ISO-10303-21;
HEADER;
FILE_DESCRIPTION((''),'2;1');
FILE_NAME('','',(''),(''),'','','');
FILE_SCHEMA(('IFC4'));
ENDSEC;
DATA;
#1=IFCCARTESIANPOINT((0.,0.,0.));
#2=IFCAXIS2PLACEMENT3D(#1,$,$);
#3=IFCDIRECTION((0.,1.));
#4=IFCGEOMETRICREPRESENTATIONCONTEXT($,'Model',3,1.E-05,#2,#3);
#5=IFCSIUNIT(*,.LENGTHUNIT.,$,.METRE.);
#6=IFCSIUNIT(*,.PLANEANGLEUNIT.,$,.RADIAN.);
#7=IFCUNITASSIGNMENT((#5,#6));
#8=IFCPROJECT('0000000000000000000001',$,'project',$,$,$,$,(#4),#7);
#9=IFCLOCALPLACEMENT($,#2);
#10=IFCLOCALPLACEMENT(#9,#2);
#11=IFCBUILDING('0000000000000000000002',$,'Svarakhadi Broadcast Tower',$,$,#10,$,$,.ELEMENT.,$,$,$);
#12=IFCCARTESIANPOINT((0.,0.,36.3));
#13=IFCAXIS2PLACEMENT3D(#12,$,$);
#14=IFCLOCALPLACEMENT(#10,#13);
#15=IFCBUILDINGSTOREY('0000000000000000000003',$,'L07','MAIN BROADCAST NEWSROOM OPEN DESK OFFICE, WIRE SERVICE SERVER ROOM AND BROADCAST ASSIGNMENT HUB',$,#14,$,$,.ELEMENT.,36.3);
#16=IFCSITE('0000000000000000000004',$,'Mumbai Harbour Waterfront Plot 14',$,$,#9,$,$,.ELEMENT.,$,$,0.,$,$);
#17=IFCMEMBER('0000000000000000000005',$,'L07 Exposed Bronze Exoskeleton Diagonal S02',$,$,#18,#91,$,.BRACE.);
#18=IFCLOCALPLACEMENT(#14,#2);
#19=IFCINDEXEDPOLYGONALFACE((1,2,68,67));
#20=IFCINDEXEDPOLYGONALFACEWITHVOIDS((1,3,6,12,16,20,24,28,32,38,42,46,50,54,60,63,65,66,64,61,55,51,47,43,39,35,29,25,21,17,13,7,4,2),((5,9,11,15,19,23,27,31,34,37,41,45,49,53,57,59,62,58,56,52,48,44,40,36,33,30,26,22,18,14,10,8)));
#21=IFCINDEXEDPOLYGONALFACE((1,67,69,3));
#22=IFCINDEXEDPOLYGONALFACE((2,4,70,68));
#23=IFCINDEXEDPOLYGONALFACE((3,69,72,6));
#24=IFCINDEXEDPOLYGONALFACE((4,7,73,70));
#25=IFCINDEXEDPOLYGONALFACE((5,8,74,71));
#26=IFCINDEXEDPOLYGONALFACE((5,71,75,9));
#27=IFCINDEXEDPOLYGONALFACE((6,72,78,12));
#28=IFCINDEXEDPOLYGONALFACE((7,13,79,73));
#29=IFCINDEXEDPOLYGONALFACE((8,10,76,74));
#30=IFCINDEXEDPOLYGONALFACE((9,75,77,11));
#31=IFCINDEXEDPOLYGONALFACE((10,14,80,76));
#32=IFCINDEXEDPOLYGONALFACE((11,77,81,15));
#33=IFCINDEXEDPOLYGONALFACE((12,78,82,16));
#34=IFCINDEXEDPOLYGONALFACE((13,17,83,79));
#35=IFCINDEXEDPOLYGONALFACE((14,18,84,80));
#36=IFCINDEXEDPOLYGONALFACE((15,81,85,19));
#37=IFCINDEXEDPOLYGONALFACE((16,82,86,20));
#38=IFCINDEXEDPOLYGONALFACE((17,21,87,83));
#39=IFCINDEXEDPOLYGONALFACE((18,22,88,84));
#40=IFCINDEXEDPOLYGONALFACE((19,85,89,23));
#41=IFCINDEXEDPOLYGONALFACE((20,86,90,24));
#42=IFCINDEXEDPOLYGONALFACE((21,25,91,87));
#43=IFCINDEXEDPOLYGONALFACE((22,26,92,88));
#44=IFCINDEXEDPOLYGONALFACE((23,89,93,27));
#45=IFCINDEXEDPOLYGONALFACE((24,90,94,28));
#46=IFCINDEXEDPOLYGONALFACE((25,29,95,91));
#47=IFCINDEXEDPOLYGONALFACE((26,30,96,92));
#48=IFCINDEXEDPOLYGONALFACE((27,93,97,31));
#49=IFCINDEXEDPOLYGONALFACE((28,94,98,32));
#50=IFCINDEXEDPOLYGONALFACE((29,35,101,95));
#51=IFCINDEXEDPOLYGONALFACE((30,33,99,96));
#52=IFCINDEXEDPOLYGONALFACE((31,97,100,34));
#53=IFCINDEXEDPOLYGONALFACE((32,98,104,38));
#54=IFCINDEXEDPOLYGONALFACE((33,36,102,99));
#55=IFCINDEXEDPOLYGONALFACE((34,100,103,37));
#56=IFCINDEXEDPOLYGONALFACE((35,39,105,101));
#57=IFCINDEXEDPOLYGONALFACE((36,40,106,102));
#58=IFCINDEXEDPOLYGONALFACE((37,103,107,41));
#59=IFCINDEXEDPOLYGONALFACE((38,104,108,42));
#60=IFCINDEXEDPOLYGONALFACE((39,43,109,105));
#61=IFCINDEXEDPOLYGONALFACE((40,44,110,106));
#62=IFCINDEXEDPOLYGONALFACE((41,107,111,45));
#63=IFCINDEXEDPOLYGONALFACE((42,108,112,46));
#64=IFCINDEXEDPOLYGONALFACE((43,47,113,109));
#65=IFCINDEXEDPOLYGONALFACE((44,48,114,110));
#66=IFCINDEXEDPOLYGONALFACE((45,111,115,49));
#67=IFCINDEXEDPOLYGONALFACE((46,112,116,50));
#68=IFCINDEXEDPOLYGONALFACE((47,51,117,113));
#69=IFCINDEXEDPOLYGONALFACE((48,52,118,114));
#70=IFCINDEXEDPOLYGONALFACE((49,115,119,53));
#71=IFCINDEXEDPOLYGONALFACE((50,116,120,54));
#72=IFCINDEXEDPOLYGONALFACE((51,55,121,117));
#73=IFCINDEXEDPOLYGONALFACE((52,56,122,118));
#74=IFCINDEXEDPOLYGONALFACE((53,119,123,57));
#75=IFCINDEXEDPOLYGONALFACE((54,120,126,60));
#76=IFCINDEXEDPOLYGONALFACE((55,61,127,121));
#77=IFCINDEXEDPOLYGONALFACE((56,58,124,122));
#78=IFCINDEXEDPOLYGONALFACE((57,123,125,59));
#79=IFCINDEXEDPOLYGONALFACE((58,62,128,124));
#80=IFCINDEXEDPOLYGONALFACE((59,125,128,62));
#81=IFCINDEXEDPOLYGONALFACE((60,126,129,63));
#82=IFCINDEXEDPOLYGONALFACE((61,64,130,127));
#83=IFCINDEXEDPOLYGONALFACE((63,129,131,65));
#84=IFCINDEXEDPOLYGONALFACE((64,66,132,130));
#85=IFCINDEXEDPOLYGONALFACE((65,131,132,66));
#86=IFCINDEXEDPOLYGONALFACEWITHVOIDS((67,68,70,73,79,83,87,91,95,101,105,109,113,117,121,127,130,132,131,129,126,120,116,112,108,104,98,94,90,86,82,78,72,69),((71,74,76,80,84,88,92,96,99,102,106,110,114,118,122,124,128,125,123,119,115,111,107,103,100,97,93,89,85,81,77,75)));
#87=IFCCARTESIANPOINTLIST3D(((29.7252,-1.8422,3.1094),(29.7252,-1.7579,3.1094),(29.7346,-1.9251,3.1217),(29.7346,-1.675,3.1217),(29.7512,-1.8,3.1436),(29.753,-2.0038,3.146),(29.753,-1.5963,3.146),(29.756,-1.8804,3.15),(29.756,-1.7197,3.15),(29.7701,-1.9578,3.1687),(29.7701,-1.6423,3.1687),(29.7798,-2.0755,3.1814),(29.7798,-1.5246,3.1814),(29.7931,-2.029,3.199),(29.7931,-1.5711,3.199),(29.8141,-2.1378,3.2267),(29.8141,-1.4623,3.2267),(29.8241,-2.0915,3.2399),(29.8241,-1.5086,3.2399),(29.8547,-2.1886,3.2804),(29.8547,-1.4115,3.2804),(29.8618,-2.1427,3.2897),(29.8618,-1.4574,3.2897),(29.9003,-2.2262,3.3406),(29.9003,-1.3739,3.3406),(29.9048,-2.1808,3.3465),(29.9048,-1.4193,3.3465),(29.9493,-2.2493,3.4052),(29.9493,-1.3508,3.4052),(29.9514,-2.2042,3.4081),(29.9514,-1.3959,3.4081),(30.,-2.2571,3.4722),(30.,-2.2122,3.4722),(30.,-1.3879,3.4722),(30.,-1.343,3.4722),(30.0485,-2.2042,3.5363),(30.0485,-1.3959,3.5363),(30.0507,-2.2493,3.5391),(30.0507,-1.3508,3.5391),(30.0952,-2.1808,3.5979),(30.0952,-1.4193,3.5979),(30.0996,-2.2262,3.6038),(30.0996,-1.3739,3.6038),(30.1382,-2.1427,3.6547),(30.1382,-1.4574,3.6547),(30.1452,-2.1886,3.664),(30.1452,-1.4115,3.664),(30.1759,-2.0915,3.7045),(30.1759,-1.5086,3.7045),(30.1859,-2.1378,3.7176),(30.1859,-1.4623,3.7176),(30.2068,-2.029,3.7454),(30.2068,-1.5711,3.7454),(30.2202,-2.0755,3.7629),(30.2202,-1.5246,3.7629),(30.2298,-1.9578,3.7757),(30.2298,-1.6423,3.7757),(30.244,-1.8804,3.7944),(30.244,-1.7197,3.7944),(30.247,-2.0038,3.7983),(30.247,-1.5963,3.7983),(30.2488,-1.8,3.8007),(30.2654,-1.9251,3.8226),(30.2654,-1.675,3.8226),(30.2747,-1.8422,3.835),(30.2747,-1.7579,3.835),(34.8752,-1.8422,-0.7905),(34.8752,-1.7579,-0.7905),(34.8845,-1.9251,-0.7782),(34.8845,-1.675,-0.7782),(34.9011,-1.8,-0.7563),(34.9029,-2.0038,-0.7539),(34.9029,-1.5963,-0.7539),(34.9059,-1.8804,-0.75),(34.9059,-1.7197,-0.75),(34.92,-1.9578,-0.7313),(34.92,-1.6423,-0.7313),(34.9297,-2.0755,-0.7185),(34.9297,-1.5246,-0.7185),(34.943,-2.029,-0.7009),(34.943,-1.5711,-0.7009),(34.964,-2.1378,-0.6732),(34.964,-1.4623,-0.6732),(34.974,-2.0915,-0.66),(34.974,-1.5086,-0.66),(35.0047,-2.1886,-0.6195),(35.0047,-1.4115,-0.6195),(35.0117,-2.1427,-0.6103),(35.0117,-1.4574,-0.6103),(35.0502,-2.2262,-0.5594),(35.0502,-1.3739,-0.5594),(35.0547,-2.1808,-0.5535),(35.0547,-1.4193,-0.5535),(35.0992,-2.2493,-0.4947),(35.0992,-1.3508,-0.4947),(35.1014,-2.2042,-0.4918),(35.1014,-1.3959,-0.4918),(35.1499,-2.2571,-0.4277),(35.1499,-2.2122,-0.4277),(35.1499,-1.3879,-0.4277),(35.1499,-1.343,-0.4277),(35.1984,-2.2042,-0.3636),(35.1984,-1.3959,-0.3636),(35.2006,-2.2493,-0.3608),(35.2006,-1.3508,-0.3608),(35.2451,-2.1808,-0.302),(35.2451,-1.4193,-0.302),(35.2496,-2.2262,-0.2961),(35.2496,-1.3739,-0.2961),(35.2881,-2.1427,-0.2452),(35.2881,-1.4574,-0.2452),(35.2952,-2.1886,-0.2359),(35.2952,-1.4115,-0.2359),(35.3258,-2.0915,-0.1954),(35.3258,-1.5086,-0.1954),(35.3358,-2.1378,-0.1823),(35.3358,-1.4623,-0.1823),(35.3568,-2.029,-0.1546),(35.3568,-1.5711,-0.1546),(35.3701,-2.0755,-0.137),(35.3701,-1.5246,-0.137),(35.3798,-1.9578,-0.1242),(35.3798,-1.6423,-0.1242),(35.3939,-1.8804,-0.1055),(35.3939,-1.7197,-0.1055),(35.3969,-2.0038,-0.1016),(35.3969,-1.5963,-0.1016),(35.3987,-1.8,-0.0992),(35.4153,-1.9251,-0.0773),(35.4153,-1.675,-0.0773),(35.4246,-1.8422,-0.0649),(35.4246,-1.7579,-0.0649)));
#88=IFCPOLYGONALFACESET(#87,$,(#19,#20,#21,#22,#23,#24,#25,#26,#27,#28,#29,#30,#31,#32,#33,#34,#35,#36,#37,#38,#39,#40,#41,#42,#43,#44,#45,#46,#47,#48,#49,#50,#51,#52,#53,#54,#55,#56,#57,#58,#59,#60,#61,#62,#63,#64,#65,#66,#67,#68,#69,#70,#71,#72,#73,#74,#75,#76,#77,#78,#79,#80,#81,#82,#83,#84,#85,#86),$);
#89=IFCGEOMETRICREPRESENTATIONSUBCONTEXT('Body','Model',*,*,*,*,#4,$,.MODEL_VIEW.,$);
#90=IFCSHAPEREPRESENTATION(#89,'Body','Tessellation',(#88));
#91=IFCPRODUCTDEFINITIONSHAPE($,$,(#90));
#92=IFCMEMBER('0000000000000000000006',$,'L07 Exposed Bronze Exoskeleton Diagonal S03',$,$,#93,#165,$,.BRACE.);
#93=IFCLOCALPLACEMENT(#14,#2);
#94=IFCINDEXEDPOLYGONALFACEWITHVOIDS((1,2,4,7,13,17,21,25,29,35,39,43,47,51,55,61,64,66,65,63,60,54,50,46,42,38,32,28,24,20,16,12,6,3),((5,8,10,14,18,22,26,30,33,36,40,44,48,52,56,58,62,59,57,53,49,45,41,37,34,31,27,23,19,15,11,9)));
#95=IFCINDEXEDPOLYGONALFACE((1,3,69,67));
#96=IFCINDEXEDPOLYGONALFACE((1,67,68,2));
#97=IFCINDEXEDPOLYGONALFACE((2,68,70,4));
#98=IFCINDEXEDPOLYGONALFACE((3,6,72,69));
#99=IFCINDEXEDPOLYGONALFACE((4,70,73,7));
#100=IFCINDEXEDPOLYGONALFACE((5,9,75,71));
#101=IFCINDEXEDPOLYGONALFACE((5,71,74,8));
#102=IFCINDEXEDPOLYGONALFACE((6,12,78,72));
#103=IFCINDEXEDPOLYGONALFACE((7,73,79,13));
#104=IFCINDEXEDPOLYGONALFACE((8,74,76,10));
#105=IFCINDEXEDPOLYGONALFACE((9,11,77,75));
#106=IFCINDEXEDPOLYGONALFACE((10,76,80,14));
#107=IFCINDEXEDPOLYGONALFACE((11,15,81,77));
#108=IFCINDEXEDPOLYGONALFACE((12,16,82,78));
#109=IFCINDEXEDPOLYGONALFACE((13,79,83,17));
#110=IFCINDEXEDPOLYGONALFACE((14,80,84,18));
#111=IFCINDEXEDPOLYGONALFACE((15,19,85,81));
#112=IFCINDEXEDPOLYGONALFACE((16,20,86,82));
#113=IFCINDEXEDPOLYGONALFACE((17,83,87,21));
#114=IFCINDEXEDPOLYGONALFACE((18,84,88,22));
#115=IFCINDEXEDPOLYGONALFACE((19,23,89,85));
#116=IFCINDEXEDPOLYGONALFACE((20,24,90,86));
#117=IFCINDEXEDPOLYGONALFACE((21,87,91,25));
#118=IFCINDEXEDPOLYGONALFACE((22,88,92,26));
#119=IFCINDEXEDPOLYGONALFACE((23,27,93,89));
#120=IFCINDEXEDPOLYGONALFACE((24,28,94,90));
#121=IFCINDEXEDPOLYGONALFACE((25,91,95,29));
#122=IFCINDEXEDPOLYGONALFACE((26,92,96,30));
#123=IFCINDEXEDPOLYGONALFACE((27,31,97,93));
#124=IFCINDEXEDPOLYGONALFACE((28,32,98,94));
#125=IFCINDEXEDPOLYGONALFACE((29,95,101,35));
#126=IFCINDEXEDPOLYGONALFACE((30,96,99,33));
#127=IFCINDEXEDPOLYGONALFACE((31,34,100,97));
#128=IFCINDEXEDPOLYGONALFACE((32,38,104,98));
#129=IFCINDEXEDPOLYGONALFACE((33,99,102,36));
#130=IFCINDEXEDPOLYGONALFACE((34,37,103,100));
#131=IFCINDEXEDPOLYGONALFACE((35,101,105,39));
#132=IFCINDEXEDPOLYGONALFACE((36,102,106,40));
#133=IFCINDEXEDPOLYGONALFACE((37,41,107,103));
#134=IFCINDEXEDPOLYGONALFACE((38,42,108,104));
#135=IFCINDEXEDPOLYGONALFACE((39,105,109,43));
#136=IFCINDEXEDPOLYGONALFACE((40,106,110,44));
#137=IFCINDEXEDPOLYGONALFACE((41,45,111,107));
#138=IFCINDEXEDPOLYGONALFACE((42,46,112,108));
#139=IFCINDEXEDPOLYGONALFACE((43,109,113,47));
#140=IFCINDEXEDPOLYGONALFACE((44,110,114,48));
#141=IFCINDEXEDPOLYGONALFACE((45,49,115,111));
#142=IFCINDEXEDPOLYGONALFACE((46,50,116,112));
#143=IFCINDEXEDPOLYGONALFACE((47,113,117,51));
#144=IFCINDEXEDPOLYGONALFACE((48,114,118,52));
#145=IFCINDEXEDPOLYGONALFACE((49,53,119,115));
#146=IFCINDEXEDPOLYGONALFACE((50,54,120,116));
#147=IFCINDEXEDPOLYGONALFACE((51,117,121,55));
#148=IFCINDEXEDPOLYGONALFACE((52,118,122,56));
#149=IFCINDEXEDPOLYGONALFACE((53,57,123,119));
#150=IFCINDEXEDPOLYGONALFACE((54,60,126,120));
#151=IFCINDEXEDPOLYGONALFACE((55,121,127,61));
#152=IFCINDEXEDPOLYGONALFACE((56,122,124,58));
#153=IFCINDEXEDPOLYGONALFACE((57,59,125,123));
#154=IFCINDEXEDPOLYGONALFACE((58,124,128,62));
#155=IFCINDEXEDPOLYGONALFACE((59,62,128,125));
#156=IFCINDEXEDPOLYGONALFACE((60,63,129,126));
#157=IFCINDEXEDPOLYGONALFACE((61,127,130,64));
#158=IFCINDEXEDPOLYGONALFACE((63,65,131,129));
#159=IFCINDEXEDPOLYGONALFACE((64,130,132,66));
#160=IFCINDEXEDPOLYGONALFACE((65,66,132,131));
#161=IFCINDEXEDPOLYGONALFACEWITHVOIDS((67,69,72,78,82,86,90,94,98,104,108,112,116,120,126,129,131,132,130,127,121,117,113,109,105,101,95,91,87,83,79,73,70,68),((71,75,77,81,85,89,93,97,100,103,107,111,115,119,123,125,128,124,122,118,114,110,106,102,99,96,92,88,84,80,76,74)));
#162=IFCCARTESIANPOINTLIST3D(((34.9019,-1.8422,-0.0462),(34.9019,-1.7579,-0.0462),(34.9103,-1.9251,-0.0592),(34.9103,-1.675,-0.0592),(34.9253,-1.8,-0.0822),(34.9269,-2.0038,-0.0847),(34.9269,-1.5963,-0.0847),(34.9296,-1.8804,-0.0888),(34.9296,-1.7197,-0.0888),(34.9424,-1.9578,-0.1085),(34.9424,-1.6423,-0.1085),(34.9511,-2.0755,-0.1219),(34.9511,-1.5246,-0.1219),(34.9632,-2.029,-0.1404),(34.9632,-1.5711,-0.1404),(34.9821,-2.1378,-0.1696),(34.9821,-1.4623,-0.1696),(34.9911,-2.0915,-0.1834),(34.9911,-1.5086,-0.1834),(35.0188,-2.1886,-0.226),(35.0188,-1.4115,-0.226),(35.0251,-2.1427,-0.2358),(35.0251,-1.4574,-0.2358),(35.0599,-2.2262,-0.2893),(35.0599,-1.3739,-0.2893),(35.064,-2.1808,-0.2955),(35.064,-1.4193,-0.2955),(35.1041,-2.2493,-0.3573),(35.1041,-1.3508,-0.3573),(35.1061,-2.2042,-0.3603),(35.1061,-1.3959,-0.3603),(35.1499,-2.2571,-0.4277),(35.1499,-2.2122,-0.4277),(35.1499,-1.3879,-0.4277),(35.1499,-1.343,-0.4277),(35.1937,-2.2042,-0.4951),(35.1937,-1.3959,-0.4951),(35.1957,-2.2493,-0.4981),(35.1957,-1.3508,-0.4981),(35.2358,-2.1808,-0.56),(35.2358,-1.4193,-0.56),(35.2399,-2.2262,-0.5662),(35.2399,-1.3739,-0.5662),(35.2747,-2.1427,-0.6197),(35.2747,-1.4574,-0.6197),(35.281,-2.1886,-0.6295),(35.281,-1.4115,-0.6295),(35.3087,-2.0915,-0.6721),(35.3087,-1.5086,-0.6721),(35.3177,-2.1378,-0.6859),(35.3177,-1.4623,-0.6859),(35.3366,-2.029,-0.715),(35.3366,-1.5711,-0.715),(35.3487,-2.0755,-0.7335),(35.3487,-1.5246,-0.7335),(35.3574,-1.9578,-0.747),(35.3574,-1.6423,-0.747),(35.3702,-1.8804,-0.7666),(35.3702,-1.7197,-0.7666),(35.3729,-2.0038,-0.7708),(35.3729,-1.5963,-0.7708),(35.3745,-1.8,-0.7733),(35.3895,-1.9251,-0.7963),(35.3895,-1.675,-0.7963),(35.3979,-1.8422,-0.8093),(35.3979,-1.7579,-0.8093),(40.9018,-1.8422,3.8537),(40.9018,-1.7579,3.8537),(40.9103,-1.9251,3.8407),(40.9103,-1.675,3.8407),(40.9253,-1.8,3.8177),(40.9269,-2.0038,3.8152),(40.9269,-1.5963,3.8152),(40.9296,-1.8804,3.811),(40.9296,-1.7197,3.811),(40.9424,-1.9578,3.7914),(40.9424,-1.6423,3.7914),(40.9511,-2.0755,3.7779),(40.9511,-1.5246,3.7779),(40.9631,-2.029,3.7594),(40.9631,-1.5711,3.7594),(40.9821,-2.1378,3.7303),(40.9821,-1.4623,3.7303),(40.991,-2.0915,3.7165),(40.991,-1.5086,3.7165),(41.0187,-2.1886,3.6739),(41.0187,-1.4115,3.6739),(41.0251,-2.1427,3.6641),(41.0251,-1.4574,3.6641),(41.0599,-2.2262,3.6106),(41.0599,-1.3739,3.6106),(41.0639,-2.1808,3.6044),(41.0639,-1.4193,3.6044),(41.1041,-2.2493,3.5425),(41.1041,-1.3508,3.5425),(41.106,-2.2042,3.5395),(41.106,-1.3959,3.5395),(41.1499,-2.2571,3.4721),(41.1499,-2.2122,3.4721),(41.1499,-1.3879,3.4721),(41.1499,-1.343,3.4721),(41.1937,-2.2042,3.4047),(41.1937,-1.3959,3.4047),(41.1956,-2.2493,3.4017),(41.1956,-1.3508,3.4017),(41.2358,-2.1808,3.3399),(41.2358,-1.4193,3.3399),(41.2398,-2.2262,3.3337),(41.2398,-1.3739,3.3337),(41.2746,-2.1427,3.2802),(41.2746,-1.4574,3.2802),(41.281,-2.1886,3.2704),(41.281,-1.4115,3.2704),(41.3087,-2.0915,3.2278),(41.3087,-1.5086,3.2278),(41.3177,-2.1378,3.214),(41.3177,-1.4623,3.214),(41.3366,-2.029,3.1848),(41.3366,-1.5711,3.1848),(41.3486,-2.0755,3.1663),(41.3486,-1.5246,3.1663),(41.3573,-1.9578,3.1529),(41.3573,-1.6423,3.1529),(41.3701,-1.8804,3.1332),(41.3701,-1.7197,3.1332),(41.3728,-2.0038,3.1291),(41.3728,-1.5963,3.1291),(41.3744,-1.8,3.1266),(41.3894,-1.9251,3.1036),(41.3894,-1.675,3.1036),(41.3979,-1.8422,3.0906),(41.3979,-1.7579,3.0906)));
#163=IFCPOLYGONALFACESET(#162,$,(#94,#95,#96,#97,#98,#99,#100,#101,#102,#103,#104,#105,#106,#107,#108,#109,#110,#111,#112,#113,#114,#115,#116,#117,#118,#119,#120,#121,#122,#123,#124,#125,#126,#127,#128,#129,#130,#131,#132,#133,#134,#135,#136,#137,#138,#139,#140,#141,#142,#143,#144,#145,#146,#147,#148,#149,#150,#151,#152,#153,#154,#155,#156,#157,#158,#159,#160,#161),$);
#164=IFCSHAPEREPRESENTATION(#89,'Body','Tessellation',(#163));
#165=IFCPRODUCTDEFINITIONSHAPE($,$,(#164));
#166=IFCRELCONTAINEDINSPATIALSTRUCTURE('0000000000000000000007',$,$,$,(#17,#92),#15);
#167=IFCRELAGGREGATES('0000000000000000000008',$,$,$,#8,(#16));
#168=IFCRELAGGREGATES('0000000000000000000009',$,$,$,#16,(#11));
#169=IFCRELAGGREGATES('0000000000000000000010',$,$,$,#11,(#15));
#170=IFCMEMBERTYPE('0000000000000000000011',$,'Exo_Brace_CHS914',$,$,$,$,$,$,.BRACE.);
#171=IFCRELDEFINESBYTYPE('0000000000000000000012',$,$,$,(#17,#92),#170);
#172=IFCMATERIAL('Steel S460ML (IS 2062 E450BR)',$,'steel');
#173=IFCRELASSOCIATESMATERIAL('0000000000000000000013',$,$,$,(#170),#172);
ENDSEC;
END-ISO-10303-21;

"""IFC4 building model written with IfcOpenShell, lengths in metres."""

from ifc_helpers import new_model, si_unit, direction, frame, origin, origin_2d, place, context, subcontext, project, spatial, hollow_circle, extrude, material, material_profile, profile_set, type_object, element, save


model = new_model("IFC4")

# Units and contexts
model_context = context("Model", 3, precision=1e-05, world=origin(), true_north=direction((0.0, 1.0)))
body_context = subcontext(model_context, "Body", "Model", "MODEL_VIEW")
ifc_project = project(units=[si_unit("LENGTHUNIT", "METRE"), si_unit("PLANEANGLEUNIT", "RADIAN")], contexts=[model_context])

# Site, building, storey
site_placement = place(None, origin())
site = spatial("IfcSite", under=ifc_project, at=site_placement, Name="Mumbai Harbour Waterfront Plot 14", CompositionType="ELEMENT", RefElevation=0.0)
building_placement = place(site_placement, origin())
building = spatial("IfcBuilding", under=site, at=building_placement, Name="Svarakhadi Broadcast Tower", CompositionType="ELEMENT")
storey_placement = place(building_placement, frame((0.0, 0.0, 36.3)))
storey = spatial("IfcBuildingStorey", under=building, at=storey_placement, Name="L07", Description="MAIN BROADCAST NEWSROOM OPEN DESK OFFICE, WIRE SERVICE SERVER ROOM AND BROADCAST ASSIGNMENT HUB", CompositionType="ELEMENT", Elevation=36.3)

# Members
ifc_material_1 = material(Name="Steel S460ML (IS 2062 E450BR)", Category="steel")
ifc_material_profile_1 = material_profile(ifc_material_1, hollow_circle(Radius=0.457, WallThickness=0.0449, at=origin_2d()), Name="CHS 914x45")
ifc_profile_set_1 = profile_set([ifc_material_profile_1], Name="Steel S460ML (IS 2062 E450BR)")
member_type_1 = type_object("IfcMemberType", Name="Exo_Brace_CHS914", PredefinedType="BRACE", material=ifc_profile_set_1)
member_1_placement = place(storey_placement, frame((35.1499, -1.8, -0.4277), z_axis=(-0.797207, 0.0, 0.603706), x_axis=(0.0, -1.0, 0.0)))
element("IfcMember", 1, at=member_1_placement, inside=storey, type_object=member_type_1, Name="L07 Exposed Bronze Exoskeleton Diagonal S02", PredefinedType="BRACE", context=body_context, shape_type="SweptSolid", body=[
    extrude(hollow_circle(Radius=0.457, WallThickness=0.0449, at=origin_2d()), origin(), (0.0, 0.0, 1.0), 6.46),
])
member_2_placement = place(storey_placement, frame((35.1499, -1.8, -0.4277), z_axis=(0.83845, 0.0, 0.544979), x_axis=(0.0, 1.0, 0.0)))
element("IfcMember", 2, at=member_2_placement, inside=storey, type_object=member_type_1, Name="L07 Exposed Bronze Exoskeleton Diagonal S03", PredefinedType="BRACE", context=body_context, shape_type="SweptSolid", body=[
    extrude(hollow_circle(Radius=0.457, WallThickness=0.0449, at=origin_2d()), origin(), (0.0, 0.0, 1.0), 7.156),
])

save(model, "model.ifc")
